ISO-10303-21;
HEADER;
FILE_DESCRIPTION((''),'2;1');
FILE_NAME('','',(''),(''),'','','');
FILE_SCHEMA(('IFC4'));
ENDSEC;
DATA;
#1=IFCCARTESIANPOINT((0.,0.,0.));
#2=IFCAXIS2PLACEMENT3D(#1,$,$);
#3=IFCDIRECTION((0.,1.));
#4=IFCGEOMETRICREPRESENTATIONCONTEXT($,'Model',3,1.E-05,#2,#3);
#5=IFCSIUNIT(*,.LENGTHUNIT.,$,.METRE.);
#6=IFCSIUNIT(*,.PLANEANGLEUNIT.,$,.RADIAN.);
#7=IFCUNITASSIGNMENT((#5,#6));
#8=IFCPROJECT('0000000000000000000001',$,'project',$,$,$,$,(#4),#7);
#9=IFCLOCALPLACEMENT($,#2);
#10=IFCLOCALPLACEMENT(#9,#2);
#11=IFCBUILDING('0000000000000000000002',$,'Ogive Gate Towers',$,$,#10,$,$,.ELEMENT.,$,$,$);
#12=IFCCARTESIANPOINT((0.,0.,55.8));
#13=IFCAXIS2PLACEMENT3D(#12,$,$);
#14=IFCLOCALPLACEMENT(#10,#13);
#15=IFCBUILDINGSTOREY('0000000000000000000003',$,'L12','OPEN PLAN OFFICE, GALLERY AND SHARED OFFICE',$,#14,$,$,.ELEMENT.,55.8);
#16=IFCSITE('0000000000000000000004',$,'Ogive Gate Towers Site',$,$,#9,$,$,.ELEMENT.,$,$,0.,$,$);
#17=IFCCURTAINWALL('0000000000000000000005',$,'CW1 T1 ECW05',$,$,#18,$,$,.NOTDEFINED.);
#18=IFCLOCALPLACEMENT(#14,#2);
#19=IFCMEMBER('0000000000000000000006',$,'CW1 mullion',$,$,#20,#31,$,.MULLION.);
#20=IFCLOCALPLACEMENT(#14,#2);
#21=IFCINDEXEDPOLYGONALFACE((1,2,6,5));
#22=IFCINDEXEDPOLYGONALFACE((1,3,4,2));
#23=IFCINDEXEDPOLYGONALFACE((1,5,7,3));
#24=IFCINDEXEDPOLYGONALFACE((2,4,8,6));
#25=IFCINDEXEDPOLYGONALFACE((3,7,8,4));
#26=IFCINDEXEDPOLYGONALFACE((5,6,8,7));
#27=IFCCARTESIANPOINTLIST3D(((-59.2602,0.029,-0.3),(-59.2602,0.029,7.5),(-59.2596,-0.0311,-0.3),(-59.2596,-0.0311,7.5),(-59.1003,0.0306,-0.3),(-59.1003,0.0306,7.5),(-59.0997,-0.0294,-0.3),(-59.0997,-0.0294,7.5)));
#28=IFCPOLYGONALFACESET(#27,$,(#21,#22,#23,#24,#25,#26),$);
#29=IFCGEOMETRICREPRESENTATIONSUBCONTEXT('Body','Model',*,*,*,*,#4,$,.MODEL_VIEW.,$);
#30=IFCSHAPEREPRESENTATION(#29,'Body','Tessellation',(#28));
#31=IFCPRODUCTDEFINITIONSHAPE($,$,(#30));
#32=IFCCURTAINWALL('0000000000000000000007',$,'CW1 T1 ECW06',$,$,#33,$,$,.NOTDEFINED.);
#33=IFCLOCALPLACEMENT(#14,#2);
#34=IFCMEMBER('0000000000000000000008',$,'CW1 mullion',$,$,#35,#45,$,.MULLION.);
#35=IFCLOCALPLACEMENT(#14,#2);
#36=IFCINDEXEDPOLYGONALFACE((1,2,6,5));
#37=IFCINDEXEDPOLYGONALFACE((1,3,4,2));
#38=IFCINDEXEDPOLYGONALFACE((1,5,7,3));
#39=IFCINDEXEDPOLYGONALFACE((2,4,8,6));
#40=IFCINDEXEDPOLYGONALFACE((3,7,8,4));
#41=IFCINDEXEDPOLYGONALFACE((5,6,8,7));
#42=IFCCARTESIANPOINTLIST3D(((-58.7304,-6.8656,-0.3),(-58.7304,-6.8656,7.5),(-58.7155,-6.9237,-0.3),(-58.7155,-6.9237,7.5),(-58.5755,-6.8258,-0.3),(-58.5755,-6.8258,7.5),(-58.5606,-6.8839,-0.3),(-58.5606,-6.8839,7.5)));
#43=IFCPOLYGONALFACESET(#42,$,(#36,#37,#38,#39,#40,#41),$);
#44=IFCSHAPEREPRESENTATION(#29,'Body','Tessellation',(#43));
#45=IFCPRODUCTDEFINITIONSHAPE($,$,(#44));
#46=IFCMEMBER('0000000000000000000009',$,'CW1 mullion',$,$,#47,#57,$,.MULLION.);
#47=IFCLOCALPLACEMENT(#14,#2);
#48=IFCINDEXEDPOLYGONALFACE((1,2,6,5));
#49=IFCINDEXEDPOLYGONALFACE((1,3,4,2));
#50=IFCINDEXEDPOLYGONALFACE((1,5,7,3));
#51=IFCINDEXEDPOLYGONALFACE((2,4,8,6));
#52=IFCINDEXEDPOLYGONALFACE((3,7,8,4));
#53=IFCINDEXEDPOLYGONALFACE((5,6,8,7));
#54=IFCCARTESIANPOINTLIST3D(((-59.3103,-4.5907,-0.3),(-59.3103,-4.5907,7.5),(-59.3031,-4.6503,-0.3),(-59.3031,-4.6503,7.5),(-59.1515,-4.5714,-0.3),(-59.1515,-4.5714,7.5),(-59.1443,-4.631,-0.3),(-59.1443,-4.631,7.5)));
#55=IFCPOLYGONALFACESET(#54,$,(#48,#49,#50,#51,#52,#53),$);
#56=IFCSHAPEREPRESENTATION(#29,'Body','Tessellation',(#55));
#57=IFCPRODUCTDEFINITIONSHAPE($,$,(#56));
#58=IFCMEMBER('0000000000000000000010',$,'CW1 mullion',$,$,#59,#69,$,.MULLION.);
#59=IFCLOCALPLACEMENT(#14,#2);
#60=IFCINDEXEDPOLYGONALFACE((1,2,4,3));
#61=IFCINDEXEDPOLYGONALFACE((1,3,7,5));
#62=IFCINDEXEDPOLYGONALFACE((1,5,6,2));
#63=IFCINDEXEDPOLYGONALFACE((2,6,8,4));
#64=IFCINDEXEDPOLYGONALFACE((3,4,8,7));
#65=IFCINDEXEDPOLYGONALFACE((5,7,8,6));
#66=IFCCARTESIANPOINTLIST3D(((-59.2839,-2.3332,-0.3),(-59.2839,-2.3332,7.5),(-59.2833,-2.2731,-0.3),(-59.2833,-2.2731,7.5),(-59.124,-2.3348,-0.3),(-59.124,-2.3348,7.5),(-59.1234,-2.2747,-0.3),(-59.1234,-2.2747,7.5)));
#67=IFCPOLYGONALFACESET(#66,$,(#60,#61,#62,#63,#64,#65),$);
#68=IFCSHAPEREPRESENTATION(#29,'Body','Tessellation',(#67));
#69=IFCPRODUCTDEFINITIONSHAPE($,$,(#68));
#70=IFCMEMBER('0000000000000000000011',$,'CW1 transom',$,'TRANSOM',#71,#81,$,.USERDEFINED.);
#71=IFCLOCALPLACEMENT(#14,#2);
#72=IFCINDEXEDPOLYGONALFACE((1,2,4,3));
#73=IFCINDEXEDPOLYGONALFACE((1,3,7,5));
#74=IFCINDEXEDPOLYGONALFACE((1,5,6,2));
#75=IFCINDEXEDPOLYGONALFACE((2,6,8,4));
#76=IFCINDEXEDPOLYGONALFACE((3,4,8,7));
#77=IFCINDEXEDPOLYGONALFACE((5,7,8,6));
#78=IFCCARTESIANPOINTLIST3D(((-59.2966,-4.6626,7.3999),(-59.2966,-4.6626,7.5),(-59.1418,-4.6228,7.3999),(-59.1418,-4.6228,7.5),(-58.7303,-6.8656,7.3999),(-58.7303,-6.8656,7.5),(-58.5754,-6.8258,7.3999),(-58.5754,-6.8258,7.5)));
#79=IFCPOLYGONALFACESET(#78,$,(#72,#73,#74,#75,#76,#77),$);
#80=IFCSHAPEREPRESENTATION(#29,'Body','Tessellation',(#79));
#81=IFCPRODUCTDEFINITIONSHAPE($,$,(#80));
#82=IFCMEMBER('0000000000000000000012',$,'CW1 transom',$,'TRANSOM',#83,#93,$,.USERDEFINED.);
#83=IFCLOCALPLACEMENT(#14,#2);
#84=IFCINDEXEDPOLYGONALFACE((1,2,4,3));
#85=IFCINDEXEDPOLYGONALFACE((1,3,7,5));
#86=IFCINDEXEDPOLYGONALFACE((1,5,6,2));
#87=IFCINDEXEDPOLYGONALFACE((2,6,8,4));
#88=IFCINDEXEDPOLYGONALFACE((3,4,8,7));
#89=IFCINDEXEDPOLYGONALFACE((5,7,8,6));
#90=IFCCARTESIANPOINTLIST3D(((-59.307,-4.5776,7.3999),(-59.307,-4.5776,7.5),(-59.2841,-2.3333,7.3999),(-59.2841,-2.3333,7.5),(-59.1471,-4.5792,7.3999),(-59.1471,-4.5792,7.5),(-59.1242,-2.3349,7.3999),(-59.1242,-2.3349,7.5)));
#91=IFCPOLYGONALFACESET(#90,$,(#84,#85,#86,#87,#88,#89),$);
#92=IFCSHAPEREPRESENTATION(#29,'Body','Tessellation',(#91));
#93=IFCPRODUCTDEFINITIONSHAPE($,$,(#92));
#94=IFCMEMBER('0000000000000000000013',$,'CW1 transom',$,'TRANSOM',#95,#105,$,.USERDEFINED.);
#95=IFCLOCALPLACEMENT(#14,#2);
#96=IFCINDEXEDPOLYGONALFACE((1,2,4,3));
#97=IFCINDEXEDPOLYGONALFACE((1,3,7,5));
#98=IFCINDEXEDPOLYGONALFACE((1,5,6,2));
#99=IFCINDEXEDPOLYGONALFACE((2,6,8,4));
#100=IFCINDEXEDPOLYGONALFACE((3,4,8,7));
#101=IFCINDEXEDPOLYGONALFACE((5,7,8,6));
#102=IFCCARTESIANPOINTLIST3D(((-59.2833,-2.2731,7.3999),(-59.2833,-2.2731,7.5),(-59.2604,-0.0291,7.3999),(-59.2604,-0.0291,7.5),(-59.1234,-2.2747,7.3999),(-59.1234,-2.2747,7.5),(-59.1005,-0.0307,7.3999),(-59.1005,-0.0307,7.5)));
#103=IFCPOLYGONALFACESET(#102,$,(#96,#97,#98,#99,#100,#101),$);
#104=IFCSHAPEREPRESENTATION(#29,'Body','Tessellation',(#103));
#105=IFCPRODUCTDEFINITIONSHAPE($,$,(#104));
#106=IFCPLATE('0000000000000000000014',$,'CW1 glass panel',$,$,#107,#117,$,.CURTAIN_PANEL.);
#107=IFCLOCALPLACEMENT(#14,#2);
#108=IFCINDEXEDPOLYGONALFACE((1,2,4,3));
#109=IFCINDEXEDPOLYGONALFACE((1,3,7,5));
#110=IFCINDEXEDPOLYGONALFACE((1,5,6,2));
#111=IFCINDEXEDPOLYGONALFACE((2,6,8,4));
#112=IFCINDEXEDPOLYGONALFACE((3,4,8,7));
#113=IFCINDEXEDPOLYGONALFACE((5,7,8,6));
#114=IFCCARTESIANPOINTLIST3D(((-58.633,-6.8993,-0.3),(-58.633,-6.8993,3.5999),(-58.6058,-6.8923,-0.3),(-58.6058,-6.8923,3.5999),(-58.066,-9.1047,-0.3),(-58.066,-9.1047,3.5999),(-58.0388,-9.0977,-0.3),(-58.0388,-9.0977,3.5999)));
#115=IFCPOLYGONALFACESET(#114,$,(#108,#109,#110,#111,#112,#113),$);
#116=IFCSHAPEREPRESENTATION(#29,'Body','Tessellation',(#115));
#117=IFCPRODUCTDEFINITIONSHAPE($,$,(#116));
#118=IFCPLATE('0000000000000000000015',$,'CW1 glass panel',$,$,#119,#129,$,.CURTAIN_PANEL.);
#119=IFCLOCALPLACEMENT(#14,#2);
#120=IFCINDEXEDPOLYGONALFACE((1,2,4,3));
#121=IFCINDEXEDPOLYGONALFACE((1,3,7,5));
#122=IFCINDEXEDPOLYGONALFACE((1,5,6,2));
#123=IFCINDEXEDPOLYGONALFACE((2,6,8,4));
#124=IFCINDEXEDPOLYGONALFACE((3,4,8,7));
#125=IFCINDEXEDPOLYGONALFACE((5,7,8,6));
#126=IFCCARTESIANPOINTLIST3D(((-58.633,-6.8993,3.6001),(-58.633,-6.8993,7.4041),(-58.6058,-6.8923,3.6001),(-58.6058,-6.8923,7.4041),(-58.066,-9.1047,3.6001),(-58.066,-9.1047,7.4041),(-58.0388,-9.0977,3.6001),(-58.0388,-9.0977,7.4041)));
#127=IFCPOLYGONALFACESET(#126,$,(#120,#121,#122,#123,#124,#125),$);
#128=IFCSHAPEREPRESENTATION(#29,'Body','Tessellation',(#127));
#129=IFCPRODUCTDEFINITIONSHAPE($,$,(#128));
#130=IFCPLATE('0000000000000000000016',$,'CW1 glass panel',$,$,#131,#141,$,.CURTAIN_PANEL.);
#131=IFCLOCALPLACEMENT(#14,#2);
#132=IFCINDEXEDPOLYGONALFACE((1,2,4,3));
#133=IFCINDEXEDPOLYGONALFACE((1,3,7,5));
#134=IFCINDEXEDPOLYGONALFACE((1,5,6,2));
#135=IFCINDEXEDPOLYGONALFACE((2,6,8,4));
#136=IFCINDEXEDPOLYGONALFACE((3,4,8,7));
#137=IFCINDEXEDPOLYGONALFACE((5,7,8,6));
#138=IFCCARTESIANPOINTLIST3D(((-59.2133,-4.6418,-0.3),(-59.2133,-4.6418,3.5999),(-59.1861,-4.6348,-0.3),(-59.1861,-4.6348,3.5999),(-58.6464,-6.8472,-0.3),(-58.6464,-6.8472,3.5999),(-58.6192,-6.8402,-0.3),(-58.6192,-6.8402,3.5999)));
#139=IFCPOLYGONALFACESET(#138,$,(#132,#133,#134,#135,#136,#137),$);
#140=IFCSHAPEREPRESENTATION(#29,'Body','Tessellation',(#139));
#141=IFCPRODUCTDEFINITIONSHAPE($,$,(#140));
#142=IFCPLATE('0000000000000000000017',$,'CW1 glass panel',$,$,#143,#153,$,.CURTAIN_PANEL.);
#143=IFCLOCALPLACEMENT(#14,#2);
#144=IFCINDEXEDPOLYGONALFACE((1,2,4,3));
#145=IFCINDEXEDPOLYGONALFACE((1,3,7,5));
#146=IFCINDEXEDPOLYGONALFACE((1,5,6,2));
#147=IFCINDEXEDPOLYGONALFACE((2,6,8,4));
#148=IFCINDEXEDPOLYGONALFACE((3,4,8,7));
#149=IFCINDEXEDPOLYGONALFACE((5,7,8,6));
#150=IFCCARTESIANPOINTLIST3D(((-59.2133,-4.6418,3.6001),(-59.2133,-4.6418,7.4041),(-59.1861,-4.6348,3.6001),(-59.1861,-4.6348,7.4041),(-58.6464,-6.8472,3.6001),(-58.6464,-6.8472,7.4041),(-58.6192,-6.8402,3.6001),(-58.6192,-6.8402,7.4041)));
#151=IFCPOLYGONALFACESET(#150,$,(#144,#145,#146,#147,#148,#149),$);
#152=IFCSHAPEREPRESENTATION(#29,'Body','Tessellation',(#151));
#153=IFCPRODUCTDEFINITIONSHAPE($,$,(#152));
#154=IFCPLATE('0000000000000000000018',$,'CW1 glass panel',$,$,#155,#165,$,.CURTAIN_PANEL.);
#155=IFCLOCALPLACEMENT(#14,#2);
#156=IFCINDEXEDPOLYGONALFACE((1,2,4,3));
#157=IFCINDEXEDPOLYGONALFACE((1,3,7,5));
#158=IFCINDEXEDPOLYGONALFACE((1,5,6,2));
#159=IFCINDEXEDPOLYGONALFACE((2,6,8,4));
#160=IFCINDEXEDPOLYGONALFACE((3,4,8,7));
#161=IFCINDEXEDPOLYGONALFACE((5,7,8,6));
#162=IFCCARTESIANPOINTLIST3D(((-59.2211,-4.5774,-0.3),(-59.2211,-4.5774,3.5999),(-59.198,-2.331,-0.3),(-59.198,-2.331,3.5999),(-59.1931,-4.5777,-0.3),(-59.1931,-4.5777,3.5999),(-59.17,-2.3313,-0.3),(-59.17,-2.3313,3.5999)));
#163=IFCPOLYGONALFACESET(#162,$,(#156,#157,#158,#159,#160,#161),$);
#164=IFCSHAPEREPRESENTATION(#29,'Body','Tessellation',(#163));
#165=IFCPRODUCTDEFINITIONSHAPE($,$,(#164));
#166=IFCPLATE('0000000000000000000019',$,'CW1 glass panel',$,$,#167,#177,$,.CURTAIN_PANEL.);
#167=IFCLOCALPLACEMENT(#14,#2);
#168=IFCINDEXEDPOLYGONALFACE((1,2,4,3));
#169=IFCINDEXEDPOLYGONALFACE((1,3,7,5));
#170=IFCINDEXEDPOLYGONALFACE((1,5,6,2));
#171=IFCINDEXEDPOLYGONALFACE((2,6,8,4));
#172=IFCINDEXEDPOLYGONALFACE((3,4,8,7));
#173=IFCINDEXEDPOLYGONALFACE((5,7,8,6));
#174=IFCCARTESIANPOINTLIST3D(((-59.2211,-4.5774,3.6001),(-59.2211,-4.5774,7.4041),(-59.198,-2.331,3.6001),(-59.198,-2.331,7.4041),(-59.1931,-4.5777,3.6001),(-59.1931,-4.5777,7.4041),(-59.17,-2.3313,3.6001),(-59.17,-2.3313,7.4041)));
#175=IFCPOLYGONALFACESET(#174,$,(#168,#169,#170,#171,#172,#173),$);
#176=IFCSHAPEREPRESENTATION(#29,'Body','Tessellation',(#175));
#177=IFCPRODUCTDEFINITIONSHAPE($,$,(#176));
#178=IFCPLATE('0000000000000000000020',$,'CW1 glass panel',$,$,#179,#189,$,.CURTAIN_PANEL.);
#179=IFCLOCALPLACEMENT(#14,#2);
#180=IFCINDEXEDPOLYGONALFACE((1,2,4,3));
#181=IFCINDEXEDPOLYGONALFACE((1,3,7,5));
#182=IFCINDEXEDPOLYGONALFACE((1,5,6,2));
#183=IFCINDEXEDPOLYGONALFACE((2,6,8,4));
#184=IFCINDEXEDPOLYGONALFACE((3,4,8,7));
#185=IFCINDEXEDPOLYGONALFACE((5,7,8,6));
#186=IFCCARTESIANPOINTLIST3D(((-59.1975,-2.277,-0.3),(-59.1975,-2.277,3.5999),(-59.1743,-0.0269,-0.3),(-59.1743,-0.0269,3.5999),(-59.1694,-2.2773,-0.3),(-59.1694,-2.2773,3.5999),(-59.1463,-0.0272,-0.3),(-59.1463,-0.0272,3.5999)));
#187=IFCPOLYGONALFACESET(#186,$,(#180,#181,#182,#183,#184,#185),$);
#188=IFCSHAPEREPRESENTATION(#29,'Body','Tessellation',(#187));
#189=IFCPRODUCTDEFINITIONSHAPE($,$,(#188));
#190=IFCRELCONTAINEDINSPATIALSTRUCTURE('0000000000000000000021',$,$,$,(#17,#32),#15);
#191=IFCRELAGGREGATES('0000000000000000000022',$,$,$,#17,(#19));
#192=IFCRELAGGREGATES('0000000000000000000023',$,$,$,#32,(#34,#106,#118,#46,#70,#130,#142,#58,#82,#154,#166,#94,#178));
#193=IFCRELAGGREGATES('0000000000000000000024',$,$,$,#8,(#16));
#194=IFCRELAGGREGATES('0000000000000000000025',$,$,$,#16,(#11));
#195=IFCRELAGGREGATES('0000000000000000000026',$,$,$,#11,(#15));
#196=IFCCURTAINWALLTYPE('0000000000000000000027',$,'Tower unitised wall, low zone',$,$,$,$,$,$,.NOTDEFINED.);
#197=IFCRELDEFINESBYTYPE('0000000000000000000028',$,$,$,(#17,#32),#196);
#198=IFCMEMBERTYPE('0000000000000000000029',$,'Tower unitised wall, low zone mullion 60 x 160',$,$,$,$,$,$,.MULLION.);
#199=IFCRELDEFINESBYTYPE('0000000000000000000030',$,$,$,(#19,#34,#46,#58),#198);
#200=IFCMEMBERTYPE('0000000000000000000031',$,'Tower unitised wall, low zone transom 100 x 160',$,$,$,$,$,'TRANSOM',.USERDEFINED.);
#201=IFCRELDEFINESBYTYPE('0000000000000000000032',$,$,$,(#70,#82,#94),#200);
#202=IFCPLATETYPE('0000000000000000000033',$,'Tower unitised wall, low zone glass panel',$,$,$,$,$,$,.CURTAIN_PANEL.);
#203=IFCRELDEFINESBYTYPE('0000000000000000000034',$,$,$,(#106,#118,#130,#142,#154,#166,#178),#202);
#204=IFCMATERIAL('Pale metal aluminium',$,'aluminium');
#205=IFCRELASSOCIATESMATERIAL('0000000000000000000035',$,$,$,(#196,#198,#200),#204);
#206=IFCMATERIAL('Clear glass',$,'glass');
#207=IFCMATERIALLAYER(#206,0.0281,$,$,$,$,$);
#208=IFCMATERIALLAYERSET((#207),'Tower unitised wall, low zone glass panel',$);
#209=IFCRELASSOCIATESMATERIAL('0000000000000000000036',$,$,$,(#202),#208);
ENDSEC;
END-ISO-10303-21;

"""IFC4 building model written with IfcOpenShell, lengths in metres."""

from ifc_helpers import new_model, si_unit, direction, frame, origin, origin_2d, place, context, subcontext, project, spatial, rectangle, extrude, material, layer, layer_set, material_profile, profile_set, type_object, element, aggregate, save


model = new_model("IFC4")

# Units and contexts
model_context = context("Model", 3, precision=1e-05, world=origin(), true_north=direction((0.0, 1.0)))
body_context = subcontext(model_context, "Body", "Model", "MODEL_VIEW")
ifc_project = project(units=[si_unit("LENGTHUNIT", "METRE"), si_unit("PLANEANGLEUNIT", "RADIAN")], contexts=[model_context])

# Site, building, storey
site_placement = place(None, origin())
site = spatial("IfcSite", under=ifc_project, at=site_placement, Name="Ogive Gate Towers Site", CompositionType="ELEMENT", RefElevation=0.0)
building_placement = place(site_placement, origin())
building = spatial("IfcBuilding", under=site, at=building_placement, Name="Ogive Gate Towers", CompositionType="ELEMENT")
storey_placement = place(building_placement, frame((0.0, 0.0, 55.8)))
storey = spatial("IfcBuildingStorey", under=building, at=storey_placement, Name="L12", Description="OPEN PLAN OFFICE, GALLERY AND SHARED OFFICE", CompositionType="ELEMENT", Elevation=55.8)

# Curtain wall, member
ifc_material_1 = material(Name="Pale metal aluminium", Category="aluminium")
curtain_wall_type = type_object("IfcCurtainWallType", Name="Tower unitised wall, low zone", PredefinedType="NOTDEFINED", material=ifc_material_1)
curtain_wall_1_placement = place(storey_placement, origin())
curtain_wall_1 = element("IfcCurtainWall", 1, at=curtain_wall_1_placement, inside=storey, type_object=curtain_wall_type, Name="CW1 T1 ECW05", PredefinedType="NOTDEFINED")
ifc_material_profile_1 = material_profile(ifc_material_1, rectangle(XDim=0.1599, YDim=0.0601, at=origin_2d()), Name="60 x 160 aluminium box")
ifc_profile_set_1 = profile_set([ifc_material_profile_1], Name="Pale metal aluminium")
member_type_1 = type_object("IfcMemberType", Name="Tower unitised wall, low zone mullion 60 x 160", PredefinedType="MULLION", material=ifc_profile_set_1)
member_1_placement = place(storey_placement, frame((-59.1799, -0.0002, -0.3), z_axis=(0.0, 0.0, 1.0), x_axis=(0.999947, 0.01028, 0.0)))
member_1 = element("IfcMember", 2, at=member_1_placement, type_object=member_type_1, Name="CW1 mullion", PredefinedType="MULLION", context=body_context, shape_type="SweptSolid", body=[
    extrude(rectangle(XDim=0.1599, YDim=0.0601, at=origin_2d()), origin(), (0.0, 0.0, 1.0), 7.8),
])
aggregate(curtain_wall_1, [member_1])

# Curtain wall, members, plates
curtain_wall_2_placement = place(storey_placement, origin())
curtain_wall_2 = element("IfcCurtainWall", 3, at=curtain_wall_2_placement, inside=storey, type_object=curtain_wall_type, Name="CW1 T1 ECW06", PredefinedType="NOTDEFINED")
member_2_placement = place(storey_placement, frame((-58.6455, -6.8748, -0.3), z_axis=(0.0, 0.0, 1.0), x_axis=(0.968509, 0.248977, 0.0)))
member_2 = element("IfcMember", 4, at=member_2_placement, type_object=member_type_1, Name="CW1 mullion", PredefinedType="MULLION", context=body_context, shape_type="SweptSolid", body=[
    extrude(rectangle(XDim=0.1599, YDim=0.0601, at=origin_2d()), origin(), (0.0, 0.0, 1.0), 7.8),
])
member_3_placement = place(storey_placement, frame((-59.2273, -4.6108, -0.3), z_axis=(0.0, 0.0, 1.0), x_axis=(0.992728, 0.120379, 0.0)))
member_3 = element("IfcMember", 5, at=member_3_placement, type_object=member_type_1, Name="CW1 mullion", PredefinedType="MULLION", context=body_context, shape_type="SweptSolid", body=[
    extrude(rectangle(XDim=0.1599, YDim=0.0601, at=origin_2d()), origin(), (0.0, 0.0, 1.0), 7.8),
])
member_4_placement = place(storey_placement, frame((-59.2036, -2.304, -0.3), z_axis=(0.0, 0.0, 1.0), x_axis=(0.999947, -0.01028, 0.0)))
member_4 = element("IfcMember", 6, at=member_4_placement, type_object=member_type_1, Name="CW1 mullion", PredefinedType="MULLION", context=body_context, shape_type="SweptSolid", body=[
    extrude(rectangle(XDim=0.1599, YDim=0.0601, at=origin_2d()), origin(), (0.0, 0.0, 1.0), 7.8),
])
ifc_material_profile_2 = material_profile(ifc_material_1, rectangle(XDim=0.1599, YDim=0.1001, at=origin_2d()), Name="100 x 160 aluminium box")
ifc_profile_set_2 = profile_set([ifc_material_profile_2], Name="Pale metal aluminium")
member_type_2 = type_object("IfcMemberType", Name="Tower unitised wall, low zone transom 100 x 160", ElementType="TRANSOM", PredefinedType="USERDEFINED", material=ifc_profile_set_2)
member_5_placement = place(storey_placement, frame((-58.6528, -6.8457, 7.45), z_axis=(-0.248995, 0.968505, 0.0), x_axis=(-0.968505, -0.248995, 0.0)))
member_5 = element("IfcMember", 7, at=member_5_placement, type_object=member_type_2, Name="CW1 transom", ObjectType="TRANSOM", PredefinedType="USERDEFINED", context=body_context, shape_type="SweptSolid", body=[
    extrude(rectangle(XDim=0.1599, YDim=0.1001, at=origin_2d()), origin(), (0.0, 0.0, 1.0), 2.2747),
])
member_6_placement = place(storey_placement, frame((-59.2271, -4.5784, 7.45), z_axis=(0.010225, 0.999948, 0.0), x_axis=(-0.999948, 0.010225, 0.0)))
member_6 = element("IfcMember", 8, at=member_6_placement, type_object=member_type_2, Name="CW1 transom", ObjectType="TRANSOM", PredefinedType="USERDEFINED", context=body_context, shape_type="SweptSolid", body=[
    extrude(rectangle(XDim=0.1599, YDim=0.1001, at=origin_2d()), origin(), (0.0, 0.0, 1.0), 2.2444),
])
member_7_placement = place(storey_placement, frame((-59.2034, -2.2739, 7.45), z_axis=(0.010226, 0.999948, 0.0), x_axis=(-0.999948, 0.010226, 0.0)))
member_7 = element("IfcMember", 9, at=member_7_placement, type_object=member_type_2, Name="CW1 transom", ObjectType="TRANSOM", PredefinedType="USERDEFINED", context=body_context, shape_type="SweptSolid", body=[
    extrude(rectangle(XDim=0.1599, YDim=0.1001, at=origin_2d()), origin(), (0.0, 0.0, 1.0), 2.2441),
])
ifc_material_2 = material(Name="Clear glass", Category="glass")
ifc_layer_1 = layer(ifc_material_2, 0.0281)
ifc_layer_set_1 = layer_set([ifc_layer_1], Name="Tower unitised wall, low zone glass panel")
plate_type = type_object("IfcPlateType", Name="Tower unitised wall, low zone glass panel", PredefinedType="CURTAIN_PANEL", material=ifc_layer_set_1)
plate_1_placement = place(storey_placement, frame((-58.3359, -7.9985, -0.3), z_axis=(0.0, 0.0, 1.0), x_axis=(-0.248994, 0.968505, 0.0)))
plate_1 = element("IfcPlate", 10, at=plate_1_placement, type_object=plate_type, Name="CW1 glass panel", PredefinedType="CURTAIN_PANEL", context=body_context, shape_type="SweptSolid", body=[
    extrude(rectangle(XDim=2.2771, YDim=0.0281, at=origin_2d()), origin(), (0.0, 0.0, 1.0), 3.8999),
])
plate_2_placement = place(storey_placement, frame((-58.3359, -7.9985, 3.6001), z_axis=(0.0, 0.0, 1.0), x_axis=(-0.248994, 0.968505, 0.0)))
plate_2 = element("IfcPlate", 11, at=plate_2_placement, type_object=plate_type, Name="CW1 glass panel", PredefinedType="CURTAIN_PANEL", context=body_context, shape_type="SweptSolid", body=[
    extrude(rectangle(XDim=2.2771, YDim=0.0281, at=origin_2d()), origin(), (0.0, 0.0, 1.0), 3.804),
])
plate_3_placement = place(storey_placement, frame((-58.9163, -5.741, -0.3), z_axis=(0.0, 0.0, 1.0), x_axis=(-0.248977, 0.968509, 0.0)))
plate_3 = element("IfcPlate", 12, at=plate_3_placement, type_object=plate_type, Name="CW1 glass panel", PredefinedType="CURTAIN_PANEL", context=body_context, shape_type="SweptSolid", body=[
    extrude(rectangle(XDim=2.2771, YDim=0.0281, at=origin_2d()), origin(), (0.0, 0.0, 1.0), 3.8999),
])
plate_4_placement = place(storey_placement, frame((-58.9163, -5.741, 3.6001), z_axis=(0.0, 0.0, 1.0), x_axis=(-0.248977, 0.968509, 0.0)))
plate_4 = element("IfcPlate", 13, at=plate_4_placement, type_object=plate_type, Name="CW1 glass panel", PredefinedType="CURTAIN_PANEL", context=body_context, shape_type="SweptSolid", body=[
    extrude(rectangle(XDim=2.2771, YDim=0.0281, at=origin_2d()), origin(), (0.0, 0.0, 1.0), 3.804),
])
plate_5_placement = place(storey_placement, frame((-59.1956, -3.4543, -0.3), z_axis=(0.0, 0.0, 1.0), x_axis=(0.01028, 0.999947, 0.0)))
plate_5 = element("IfcPlate", 14, at=plate_5_placement, type_object=plate_type, Name="CW1 glass panel", PredefinedType="CURTAIN_PANEL", context=body_context, shape_type="SweptSolid", body=[
    extrude(rectangle(XDim=2.2466, YDim=0.0281, at=origin_2d()), origin(), (0.0, 0.0, 1.0), 3.8999),
])
plate_6_placement = place(storey_placement, frame((-59.1956, -3.4543, 3.6001), z_axis=(0.0, 0.0, 1.0), x_axis=(0.01028, 0.999947, 0.0)))
plate_6 = element("IfcPlate", 15, at=plate_6_placement, type_object=plate_type, Name="CW1 glass panel", PredefinedType="CURTAIN_PANEL", context=body_context, shape_type="SweptSolid", body=[
    extrude(rectangle(XDim=2.2466, YDim=0.0281, at=origin_2d()), origin(), (0.0, 0.0, 1.0), 3.804),
])
plate_7_placement = place(storey_placement, frame((-59.1719, -1.1521, -0.3), z_axis=(0.0, 0.0, 1.0), x_axis=(0.01028, 0.999947, 0.0)))
plate_7 = element("IfcPlate", 16, at=plate_7_placement, type_object=plate_type, Name="CW1 glass panel", PredefinedType="CURTAIN_PANEL", context=body_context, shape_type="SweptSolid", body=[
    extrude(rectangle(XDim=2.2502, YDim=0.0281, at=origin_2d()), origin(), (0.0, 0.0, 1.0), 3.8999),
])
aggregate(curtain_wall_2, [member_2, plate_1, plate_2, member_3, member_5, plate_3, plate_4, member_4, member_6, plate_5, plate_6, member_7, plate_7])

save(model, "model.ifc")
